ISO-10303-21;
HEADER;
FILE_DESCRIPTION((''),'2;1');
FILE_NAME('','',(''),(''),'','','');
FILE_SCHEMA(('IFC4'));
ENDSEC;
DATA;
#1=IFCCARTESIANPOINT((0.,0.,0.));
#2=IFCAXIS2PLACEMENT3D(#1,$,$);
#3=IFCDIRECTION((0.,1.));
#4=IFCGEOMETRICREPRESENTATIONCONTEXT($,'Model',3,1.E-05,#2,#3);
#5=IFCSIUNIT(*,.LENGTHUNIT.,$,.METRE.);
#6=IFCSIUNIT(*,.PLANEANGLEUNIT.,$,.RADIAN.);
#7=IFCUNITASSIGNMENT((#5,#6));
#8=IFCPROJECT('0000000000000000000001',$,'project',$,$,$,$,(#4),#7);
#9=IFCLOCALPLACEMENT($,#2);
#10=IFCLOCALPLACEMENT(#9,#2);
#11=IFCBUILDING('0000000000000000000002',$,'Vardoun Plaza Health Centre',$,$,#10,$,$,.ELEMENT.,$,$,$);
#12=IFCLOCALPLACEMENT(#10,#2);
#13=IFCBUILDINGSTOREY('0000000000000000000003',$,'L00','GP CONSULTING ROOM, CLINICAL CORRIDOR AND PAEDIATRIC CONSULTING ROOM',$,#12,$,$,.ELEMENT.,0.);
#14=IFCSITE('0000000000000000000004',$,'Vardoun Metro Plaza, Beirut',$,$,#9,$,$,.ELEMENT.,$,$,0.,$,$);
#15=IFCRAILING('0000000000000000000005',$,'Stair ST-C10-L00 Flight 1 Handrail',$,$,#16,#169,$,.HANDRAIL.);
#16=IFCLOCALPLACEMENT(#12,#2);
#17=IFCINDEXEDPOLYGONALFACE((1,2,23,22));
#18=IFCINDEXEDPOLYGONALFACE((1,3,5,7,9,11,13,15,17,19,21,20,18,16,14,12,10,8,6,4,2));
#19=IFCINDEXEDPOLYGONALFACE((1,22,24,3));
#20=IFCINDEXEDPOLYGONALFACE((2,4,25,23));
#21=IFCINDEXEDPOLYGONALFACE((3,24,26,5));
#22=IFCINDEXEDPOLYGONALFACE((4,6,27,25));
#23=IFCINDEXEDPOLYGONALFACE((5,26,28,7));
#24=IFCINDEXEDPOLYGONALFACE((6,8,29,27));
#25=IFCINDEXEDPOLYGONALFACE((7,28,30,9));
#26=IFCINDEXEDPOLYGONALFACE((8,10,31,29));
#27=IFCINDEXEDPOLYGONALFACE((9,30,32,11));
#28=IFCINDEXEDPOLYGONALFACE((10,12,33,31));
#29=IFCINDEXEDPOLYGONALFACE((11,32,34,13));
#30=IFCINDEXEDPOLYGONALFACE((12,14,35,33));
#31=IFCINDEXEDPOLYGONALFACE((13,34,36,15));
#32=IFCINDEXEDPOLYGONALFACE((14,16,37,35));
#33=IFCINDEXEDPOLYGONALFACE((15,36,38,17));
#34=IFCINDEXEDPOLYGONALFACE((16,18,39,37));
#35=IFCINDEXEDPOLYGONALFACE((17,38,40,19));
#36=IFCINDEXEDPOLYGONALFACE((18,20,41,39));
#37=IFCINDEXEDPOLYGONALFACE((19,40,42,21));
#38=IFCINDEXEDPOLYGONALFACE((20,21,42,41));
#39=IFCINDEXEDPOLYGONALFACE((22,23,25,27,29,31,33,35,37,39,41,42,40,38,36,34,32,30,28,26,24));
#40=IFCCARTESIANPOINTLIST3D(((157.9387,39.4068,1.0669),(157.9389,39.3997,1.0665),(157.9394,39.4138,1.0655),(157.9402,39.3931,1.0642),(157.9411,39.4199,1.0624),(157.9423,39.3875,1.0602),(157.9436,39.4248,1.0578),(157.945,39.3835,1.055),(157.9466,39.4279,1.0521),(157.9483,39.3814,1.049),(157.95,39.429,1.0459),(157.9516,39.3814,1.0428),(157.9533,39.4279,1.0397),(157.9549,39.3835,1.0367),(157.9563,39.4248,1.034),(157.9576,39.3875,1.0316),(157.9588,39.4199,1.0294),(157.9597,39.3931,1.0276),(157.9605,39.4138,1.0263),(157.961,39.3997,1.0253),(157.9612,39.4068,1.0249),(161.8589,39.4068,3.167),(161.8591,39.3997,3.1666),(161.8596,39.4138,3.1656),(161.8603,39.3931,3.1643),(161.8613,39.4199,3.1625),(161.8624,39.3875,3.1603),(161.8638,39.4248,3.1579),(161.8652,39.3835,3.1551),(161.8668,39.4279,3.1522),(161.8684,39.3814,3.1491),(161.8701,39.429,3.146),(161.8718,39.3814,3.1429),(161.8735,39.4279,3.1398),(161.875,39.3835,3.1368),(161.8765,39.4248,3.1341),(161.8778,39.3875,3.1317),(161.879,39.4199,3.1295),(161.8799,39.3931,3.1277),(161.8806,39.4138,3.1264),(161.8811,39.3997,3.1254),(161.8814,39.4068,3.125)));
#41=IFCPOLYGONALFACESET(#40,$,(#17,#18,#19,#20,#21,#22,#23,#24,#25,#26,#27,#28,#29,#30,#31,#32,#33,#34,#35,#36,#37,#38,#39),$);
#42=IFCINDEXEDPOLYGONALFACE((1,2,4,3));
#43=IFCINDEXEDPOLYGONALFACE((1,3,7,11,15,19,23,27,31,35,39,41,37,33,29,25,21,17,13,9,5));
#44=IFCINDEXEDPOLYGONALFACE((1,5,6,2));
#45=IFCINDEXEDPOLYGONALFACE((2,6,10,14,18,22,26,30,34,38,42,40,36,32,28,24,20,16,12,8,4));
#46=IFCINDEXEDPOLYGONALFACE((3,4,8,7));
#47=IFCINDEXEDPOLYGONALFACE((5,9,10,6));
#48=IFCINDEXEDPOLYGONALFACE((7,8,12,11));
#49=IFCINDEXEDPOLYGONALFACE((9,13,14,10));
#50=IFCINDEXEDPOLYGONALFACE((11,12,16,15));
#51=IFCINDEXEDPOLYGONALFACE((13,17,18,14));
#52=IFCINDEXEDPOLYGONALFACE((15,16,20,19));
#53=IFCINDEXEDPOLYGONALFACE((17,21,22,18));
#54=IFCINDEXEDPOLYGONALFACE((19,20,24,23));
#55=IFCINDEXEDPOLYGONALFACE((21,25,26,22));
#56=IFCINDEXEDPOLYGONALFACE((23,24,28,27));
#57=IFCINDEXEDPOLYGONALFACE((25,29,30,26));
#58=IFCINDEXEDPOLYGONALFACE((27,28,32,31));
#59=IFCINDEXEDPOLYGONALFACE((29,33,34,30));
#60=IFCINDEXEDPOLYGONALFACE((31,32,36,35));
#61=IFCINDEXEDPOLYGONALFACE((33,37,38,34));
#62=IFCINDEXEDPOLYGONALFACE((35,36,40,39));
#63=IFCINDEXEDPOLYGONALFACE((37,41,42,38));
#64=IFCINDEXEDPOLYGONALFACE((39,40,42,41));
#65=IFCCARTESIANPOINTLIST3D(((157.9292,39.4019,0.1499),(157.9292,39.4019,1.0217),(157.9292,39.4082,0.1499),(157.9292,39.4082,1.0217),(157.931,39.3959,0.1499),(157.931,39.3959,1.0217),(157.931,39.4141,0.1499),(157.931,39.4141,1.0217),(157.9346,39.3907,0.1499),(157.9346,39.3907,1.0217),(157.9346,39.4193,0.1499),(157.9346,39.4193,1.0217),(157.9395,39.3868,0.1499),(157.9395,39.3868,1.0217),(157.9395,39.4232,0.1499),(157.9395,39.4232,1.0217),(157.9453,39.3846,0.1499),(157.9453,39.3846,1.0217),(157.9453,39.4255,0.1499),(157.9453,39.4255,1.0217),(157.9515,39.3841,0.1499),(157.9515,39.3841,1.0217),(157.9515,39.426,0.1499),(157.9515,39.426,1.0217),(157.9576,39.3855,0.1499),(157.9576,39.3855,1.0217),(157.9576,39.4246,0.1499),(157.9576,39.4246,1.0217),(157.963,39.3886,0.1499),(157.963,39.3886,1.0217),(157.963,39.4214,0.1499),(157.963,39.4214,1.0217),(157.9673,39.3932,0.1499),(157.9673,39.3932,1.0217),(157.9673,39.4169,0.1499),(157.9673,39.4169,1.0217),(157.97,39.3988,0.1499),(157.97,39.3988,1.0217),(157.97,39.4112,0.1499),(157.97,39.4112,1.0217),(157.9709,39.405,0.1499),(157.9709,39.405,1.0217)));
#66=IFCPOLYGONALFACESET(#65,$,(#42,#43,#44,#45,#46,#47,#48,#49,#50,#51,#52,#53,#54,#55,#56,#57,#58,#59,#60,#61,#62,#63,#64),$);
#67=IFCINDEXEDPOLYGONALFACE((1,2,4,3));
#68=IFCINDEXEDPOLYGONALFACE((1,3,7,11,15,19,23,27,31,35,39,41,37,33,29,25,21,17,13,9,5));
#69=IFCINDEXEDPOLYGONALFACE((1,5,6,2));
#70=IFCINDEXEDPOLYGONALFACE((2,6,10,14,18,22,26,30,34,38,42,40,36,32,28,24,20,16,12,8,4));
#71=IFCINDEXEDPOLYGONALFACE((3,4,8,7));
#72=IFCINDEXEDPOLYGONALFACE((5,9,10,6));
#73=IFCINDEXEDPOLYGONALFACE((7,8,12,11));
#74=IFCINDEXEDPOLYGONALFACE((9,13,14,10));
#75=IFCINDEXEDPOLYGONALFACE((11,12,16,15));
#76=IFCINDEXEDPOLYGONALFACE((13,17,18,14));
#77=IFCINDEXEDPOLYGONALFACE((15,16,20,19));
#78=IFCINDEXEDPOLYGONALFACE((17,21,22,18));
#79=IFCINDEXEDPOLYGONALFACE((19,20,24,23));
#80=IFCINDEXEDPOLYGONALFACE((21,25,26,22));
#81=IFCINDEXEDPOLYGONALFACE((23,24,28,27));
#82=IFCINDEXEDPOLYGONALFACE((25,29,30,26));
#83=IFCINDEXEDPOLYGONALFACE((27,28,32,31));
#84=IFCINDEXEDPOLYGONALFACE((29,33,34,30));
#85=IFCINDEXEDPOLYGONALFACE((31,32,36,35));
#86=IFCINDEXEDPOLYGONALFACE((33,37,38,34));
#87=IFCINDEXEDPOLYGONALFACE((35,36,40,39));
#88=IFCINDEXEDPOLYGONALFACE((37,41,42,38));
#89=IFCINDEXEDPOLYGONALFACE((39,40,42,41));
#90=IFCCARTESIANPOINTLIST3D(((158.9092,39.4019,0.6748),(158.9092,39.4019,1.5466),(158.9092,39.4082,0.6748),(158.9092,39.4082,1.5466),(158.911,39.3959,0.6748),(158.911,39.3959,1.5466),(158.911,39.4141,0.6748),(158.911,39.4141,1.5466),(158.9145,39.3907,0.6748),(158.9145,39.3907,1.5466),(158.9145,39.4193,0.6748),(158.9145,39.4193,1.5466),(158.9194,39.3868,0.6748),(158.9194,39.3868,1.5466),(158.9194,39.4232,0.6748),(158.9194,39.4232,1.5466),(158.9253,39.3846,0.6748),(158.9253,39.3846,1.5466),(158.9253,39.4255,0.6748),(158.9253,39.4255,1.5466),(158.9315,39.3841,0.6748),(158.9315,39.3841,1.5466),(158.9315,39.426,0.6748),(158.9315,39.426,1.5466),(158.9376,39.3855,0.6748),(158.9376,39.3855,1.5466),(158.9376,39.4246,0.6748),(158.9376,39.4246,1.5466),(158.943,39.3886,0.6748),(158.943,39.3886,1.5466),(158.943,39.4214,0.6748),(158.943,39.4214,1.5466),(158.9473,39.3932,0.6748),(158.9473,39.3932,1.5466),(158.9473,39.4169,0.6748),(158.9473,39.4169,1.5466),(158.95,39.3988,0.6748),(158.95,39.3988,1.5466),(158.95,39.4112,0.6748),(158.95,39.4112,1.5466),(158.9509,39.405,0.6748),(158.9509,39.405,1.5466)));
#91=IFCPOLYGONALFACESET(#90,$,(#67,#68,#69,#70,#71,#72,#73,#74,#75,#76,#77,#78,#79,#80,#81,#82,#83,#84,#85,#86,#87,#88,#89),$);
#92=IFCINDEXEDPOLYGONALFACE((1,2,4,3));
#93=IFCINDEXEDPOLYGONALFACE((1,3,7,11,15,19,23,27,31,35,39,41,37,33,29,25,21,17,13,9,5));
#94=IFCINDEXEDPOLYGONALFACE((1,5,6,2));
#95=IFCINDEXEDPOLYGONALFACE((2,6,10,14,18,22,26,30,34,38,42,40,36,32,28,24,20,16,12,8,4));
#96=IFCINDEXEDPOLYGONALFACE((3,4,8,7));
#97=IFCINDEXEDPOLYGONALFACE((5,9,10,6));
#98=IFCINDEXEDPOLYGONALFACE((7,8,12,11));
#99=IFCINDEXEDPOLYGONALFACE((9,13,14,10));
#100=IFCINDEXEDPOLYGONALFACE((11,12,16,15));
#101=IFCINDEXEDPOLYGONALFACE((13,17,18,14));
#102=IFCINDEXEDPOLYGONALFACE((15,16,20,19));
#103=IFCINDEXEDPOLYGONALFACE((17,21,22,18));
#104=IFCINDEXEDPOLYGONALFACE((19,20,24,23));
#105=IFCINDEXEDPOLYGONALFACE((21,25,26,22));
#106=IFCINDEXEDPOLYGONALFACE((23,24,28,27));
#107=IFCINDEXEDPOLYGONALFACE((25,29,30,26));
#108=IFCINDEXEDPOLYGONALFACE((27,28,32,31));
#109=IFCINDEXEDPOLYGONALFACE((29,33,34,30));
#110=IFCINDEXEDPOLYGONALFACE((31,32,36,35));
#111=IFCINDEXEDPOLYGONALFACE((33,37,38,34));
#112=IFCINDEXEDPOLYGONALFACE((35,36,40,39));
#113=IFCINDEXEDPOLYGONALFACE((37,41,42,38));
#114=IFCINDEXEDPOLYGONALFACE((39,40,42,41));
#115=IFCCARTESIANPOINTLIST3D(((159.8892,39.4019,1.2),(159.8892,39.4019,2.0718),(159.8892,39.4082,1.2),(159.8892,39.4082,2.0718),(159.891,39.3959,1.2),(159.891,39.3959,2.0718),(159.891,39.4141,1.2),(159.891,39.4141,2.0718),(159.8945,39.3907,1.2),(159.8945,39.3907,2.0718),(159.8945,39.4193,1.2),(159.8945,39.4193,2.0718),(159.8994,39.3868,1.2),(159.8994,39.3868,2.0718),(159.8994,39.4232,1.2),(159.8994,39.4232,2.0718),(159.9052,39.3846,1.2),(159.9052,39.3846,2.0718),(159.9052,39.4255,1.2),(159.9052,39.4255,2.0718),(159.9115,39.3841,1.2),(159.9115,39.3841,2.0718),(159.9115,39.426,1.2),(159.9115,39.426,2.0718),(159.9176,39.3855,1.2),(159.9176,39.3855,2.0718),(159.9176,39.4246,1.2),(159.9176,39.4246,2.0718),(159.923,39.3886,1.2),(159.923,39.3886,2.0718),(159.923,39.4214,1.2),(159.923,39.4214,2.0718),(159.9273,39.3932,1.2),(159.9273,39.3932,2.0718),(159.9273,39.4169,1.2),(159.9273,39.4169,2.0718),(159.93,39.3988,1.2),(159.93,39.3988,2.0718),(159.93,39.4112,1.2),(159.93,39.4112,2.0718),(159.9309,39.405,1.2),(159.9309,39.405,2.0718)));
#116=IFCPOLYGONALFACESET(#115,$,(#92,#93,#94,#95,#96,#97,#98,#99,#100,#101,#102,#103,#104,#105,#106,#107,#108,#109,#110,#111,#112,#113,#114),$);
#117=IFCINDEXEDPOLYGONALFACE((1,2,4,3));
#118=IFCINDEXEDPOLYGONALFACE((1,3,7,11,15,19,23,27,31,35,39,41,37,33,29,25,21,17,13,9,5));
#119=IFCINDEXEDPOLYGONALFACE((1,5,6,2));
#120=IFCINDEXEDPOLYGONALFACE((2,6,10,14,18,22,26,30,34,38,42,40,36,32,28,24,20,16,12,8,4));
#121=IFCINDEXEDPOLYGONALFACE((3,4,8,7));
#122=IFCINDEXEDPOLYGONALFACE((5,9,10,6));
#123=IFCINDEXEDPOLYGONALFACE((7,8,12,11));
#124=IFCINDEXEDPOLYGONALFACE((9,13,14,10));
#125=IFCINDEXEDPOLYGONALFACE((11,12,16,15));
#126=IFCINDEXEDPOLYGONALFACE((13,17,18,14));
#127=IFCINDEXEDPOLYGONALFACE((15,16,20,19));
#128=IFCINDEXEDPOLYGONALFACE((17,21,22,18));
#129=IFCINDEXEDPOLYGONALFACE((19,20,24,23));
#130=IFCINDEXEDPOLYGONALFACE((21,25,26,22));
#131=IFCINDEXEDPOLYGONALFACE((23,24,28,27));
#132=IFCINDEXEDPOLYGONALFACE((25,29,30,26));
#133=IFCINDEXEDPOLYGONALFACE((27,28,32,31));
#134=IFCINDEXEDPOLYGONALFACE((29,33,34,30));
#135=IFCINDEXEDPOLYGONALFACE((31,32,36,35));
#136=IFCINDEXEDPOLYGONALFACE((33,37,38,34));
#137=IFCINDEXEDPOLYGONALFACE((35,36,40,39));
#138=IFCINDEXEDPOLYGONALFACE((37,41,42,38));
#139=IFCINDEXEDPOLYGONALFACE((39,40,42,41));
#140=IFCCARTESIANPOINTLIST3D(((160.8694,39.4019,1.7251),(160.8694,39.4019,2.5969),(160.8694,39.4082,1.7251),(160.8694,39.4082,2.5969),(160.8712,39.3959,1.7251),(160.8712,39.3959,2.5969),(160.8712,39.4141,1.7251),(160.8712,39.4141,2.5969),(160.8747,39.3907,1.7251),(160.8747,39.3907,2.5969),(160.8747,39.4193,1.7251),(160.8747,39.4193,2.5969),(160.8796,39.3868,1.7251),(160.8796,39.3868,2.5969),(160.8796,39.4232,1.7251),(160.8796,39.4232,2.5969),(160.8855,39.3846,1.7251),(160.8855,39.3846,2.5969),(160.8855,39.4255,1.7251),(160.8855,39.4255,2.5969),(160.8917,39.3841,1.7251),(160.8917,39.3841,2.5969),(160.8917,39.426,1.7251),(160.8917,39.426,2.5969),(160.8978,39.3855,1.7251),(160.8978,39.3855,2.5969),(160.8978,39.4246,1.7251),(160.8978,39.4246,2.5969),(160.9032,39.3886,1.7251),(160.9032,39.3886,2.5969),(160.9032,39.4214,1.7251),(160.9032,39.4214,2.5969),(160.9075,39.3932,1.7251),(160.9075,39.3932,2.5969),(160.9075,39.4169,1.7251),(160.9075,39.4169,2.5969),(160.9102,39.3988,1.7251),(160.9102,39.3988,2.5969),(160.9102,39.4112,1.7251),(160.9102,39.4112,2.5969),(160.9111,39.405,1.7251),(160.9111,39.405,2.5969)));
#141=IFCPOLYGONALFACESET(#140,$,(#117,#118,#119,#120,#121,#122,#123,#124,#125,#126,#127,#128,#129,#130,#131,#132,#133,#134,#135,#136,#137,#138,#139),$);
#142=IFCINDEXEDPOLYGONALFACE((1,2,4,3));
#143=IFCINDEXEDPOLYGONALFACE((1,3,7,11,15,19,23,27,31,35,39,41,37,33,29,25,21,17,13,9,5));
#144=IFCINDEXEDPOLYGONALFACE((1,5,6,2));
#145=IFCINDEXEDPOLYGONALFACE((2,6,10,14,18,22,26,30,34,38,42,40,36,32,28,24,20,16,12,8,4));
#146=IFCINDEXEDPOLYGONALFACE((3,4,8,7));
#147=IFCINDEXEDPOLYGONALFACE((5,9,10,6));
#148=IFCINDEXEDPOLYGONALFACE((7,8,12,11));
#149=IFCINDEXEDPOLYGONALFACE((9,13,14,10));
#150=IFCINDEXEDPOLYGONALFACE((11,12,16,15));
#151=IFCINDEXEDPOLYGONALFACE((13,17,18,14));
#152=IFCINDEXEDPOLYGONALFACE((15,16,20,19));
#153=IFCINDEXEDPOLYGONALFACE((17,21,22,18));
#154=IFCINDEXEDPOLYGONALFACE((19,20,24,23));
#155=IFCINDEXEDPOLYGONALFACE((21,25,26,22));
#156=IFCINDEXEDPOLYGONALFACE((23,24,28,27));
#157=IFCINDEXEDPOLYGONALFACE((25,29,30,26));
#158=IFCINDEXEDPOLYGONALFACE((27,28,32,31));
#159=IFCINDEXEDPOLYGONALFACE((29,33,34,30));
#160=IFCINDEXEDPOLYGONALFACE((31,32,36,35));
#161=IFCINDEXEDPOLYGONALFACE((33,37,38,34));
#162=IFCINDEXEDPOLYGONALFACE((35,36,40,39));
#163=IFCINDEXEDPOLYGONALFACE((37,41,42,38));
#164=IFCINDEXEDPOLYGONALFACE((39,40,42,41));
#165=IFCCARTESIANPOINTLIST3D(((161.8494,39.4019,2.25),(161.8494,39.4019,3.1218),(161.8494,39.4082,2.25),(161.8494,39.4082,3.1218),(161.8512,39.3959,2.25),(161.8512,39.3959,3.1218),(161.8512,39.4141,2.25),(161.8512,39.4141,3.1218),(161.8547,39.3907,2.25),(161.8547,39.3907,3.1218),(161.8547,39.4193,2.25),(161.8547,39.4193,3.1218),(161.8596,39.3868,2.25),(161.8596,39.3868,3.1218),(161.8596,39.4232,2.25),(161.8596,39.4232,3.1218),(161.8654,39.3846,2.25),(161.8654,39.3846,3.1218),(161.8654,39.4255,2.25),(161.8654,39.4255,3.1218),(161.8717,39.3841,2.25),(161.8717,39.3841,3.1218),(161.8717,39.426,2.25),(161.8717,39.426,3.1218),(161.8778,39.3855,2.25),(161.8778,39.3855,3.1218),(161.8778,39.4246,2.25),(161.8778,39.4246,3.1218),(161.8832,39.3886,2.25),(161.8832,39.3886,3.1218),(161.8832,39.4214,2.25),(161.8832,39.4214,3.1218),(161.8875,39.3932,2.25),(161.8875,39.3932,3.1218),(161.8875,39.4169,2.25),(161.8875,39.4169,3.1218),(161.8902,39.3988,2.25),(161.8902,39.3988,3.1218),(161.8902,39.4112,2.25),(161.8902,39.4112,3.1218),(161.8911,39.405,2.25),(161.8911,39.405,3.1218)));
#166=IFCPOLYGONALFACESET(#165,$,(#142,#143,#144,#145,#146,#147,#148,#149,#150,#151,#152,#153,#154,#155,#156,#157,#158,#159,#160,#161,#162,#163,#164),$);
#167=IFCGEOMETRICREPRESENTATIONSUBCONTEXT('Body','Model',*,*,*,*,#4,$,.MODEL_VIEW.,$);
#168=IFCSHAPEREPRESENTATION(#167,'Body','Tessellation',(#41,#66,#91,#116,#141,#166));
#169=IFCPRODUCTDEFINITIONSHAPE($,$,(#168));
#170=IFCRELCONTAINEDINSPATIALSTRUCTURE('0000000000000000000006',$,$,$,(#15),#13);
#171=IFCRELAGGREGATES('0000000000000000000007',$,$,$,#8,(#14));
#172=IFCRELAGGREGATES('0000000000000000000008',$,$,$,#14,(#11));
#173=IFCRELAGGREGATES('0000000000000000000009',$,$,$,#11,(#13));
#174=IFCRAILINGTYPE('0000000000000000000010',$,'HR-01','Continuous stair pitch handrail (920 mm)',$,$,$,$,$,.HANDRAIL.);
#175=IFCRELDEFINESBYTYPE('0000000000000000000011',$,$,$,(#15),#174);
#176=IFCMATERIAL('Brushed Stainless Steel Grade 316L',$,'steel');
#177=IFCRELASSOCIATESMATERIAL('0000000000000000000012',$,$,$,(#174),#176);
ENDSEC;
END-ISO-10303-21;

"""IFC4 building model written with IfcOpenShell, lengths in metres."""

from ifc_helpers import new_model, si_unit, direction, frame, origin, origin_2d, place, context, subcontext, project, spatial, circle, extrude, material, type_object, element, save


model = new_model("IFC4")

# Units and contexts
model_context = context("Model", 3, precision=1e-05, world=origin(), true_north=direction((0.0, 1.0)))
body_context = subcontext(model_context, "Body", "Model", "MODEL_VIEW")
ifc_project = project(units=[si_unit("LENGTHUNIT", "METRE"), si_unit("PLANEANGLEUNIT", "RADIAN")], contexts=[model_context])

# Site, building, storey
site_placement = place(None, origin())
site = spatial("IfcSite", under=ifc_project, at=site_placement, Name="Vardoun Metro Plaza, Beirut", CompositionType="ELEMENT", RefElevation=0.0)
building_placement = place(site_placement, origin())
building = spatial("IfcBuilding", under=site, at=building_placement, Name="Vardoun Plaza Health Centre", CompositionType="ELEMENT")
storey_placement = place(building_placement, origin())
storey = spatial("IfcBuildingStorey", under=building, at=storey_placement, Name="L00", Description="GP CONSULTING ROOM, CLINICAL CORRIDOR AND PAEDIATRIC CONSULTING ROOM", CompositionType="ELEMENT", Elevation=0.0)

# Railing
ifc_material_1 = material(Name="Brushed Stainless Steel Grade 316L", Category="steel")
railing_type_1 = type_object("IfcRailingType", Name="HR-01", Description="Continuous stair pitch handrail (920 mm)", PredefinedType="HANDRAIL", material=ifc_material_1)
railing_1_placement = place(storey_placement, frame((157.95, 39.405, 0.1499)))
element("IfcRailing", 1, at=railing_1_placement, inside=storey, type_object=railing_type_1, Name="Stair ST-C10-L00 Flight 1 Handrail", PredefinedType="HANDRAIL", context=body_context, shape_type="SweptSolid", body=[
    extrude(circle(Radius=0.0239, at=origin_2d()), frame((0.0, 0.0, 0.896), z_axis=(0.881479, 0.0, 0.472223), x_axis=(0.0, 1.0, 0.0)), (0.0, 0.0, 1.0), 4.4473),
    extrude(circle(Radius=0.021, at=origin_2d()), origin(), (0.0, 0.0, 1.0), 0.8718),
    extrude(circle(Radius=0.021, at=origin_2d()), frame((0.98, 0.0, 0.5249)), (0.0, 0.0, 1.0), 0.8718),
    extrude(circle(Radius=0.021, at=origin_2d()), frame((1.96, 0.0, 1.05)), (0.0, 0.0, 1.0), 0.8718),
    extrude(circle(Radius=0.021, at=origin_2d()), frame((2.9402, 0.0, 1.5752)), (0.0, 0.0, 1.0), 0.8718),
    extrude(circle(Radius=0.021, at=origin_2d()), frame((3.9202, 0.0, 2.1001)), (0.0, 0.0, 1.0), 0.8718),
])

save(model, "model.ifc")
